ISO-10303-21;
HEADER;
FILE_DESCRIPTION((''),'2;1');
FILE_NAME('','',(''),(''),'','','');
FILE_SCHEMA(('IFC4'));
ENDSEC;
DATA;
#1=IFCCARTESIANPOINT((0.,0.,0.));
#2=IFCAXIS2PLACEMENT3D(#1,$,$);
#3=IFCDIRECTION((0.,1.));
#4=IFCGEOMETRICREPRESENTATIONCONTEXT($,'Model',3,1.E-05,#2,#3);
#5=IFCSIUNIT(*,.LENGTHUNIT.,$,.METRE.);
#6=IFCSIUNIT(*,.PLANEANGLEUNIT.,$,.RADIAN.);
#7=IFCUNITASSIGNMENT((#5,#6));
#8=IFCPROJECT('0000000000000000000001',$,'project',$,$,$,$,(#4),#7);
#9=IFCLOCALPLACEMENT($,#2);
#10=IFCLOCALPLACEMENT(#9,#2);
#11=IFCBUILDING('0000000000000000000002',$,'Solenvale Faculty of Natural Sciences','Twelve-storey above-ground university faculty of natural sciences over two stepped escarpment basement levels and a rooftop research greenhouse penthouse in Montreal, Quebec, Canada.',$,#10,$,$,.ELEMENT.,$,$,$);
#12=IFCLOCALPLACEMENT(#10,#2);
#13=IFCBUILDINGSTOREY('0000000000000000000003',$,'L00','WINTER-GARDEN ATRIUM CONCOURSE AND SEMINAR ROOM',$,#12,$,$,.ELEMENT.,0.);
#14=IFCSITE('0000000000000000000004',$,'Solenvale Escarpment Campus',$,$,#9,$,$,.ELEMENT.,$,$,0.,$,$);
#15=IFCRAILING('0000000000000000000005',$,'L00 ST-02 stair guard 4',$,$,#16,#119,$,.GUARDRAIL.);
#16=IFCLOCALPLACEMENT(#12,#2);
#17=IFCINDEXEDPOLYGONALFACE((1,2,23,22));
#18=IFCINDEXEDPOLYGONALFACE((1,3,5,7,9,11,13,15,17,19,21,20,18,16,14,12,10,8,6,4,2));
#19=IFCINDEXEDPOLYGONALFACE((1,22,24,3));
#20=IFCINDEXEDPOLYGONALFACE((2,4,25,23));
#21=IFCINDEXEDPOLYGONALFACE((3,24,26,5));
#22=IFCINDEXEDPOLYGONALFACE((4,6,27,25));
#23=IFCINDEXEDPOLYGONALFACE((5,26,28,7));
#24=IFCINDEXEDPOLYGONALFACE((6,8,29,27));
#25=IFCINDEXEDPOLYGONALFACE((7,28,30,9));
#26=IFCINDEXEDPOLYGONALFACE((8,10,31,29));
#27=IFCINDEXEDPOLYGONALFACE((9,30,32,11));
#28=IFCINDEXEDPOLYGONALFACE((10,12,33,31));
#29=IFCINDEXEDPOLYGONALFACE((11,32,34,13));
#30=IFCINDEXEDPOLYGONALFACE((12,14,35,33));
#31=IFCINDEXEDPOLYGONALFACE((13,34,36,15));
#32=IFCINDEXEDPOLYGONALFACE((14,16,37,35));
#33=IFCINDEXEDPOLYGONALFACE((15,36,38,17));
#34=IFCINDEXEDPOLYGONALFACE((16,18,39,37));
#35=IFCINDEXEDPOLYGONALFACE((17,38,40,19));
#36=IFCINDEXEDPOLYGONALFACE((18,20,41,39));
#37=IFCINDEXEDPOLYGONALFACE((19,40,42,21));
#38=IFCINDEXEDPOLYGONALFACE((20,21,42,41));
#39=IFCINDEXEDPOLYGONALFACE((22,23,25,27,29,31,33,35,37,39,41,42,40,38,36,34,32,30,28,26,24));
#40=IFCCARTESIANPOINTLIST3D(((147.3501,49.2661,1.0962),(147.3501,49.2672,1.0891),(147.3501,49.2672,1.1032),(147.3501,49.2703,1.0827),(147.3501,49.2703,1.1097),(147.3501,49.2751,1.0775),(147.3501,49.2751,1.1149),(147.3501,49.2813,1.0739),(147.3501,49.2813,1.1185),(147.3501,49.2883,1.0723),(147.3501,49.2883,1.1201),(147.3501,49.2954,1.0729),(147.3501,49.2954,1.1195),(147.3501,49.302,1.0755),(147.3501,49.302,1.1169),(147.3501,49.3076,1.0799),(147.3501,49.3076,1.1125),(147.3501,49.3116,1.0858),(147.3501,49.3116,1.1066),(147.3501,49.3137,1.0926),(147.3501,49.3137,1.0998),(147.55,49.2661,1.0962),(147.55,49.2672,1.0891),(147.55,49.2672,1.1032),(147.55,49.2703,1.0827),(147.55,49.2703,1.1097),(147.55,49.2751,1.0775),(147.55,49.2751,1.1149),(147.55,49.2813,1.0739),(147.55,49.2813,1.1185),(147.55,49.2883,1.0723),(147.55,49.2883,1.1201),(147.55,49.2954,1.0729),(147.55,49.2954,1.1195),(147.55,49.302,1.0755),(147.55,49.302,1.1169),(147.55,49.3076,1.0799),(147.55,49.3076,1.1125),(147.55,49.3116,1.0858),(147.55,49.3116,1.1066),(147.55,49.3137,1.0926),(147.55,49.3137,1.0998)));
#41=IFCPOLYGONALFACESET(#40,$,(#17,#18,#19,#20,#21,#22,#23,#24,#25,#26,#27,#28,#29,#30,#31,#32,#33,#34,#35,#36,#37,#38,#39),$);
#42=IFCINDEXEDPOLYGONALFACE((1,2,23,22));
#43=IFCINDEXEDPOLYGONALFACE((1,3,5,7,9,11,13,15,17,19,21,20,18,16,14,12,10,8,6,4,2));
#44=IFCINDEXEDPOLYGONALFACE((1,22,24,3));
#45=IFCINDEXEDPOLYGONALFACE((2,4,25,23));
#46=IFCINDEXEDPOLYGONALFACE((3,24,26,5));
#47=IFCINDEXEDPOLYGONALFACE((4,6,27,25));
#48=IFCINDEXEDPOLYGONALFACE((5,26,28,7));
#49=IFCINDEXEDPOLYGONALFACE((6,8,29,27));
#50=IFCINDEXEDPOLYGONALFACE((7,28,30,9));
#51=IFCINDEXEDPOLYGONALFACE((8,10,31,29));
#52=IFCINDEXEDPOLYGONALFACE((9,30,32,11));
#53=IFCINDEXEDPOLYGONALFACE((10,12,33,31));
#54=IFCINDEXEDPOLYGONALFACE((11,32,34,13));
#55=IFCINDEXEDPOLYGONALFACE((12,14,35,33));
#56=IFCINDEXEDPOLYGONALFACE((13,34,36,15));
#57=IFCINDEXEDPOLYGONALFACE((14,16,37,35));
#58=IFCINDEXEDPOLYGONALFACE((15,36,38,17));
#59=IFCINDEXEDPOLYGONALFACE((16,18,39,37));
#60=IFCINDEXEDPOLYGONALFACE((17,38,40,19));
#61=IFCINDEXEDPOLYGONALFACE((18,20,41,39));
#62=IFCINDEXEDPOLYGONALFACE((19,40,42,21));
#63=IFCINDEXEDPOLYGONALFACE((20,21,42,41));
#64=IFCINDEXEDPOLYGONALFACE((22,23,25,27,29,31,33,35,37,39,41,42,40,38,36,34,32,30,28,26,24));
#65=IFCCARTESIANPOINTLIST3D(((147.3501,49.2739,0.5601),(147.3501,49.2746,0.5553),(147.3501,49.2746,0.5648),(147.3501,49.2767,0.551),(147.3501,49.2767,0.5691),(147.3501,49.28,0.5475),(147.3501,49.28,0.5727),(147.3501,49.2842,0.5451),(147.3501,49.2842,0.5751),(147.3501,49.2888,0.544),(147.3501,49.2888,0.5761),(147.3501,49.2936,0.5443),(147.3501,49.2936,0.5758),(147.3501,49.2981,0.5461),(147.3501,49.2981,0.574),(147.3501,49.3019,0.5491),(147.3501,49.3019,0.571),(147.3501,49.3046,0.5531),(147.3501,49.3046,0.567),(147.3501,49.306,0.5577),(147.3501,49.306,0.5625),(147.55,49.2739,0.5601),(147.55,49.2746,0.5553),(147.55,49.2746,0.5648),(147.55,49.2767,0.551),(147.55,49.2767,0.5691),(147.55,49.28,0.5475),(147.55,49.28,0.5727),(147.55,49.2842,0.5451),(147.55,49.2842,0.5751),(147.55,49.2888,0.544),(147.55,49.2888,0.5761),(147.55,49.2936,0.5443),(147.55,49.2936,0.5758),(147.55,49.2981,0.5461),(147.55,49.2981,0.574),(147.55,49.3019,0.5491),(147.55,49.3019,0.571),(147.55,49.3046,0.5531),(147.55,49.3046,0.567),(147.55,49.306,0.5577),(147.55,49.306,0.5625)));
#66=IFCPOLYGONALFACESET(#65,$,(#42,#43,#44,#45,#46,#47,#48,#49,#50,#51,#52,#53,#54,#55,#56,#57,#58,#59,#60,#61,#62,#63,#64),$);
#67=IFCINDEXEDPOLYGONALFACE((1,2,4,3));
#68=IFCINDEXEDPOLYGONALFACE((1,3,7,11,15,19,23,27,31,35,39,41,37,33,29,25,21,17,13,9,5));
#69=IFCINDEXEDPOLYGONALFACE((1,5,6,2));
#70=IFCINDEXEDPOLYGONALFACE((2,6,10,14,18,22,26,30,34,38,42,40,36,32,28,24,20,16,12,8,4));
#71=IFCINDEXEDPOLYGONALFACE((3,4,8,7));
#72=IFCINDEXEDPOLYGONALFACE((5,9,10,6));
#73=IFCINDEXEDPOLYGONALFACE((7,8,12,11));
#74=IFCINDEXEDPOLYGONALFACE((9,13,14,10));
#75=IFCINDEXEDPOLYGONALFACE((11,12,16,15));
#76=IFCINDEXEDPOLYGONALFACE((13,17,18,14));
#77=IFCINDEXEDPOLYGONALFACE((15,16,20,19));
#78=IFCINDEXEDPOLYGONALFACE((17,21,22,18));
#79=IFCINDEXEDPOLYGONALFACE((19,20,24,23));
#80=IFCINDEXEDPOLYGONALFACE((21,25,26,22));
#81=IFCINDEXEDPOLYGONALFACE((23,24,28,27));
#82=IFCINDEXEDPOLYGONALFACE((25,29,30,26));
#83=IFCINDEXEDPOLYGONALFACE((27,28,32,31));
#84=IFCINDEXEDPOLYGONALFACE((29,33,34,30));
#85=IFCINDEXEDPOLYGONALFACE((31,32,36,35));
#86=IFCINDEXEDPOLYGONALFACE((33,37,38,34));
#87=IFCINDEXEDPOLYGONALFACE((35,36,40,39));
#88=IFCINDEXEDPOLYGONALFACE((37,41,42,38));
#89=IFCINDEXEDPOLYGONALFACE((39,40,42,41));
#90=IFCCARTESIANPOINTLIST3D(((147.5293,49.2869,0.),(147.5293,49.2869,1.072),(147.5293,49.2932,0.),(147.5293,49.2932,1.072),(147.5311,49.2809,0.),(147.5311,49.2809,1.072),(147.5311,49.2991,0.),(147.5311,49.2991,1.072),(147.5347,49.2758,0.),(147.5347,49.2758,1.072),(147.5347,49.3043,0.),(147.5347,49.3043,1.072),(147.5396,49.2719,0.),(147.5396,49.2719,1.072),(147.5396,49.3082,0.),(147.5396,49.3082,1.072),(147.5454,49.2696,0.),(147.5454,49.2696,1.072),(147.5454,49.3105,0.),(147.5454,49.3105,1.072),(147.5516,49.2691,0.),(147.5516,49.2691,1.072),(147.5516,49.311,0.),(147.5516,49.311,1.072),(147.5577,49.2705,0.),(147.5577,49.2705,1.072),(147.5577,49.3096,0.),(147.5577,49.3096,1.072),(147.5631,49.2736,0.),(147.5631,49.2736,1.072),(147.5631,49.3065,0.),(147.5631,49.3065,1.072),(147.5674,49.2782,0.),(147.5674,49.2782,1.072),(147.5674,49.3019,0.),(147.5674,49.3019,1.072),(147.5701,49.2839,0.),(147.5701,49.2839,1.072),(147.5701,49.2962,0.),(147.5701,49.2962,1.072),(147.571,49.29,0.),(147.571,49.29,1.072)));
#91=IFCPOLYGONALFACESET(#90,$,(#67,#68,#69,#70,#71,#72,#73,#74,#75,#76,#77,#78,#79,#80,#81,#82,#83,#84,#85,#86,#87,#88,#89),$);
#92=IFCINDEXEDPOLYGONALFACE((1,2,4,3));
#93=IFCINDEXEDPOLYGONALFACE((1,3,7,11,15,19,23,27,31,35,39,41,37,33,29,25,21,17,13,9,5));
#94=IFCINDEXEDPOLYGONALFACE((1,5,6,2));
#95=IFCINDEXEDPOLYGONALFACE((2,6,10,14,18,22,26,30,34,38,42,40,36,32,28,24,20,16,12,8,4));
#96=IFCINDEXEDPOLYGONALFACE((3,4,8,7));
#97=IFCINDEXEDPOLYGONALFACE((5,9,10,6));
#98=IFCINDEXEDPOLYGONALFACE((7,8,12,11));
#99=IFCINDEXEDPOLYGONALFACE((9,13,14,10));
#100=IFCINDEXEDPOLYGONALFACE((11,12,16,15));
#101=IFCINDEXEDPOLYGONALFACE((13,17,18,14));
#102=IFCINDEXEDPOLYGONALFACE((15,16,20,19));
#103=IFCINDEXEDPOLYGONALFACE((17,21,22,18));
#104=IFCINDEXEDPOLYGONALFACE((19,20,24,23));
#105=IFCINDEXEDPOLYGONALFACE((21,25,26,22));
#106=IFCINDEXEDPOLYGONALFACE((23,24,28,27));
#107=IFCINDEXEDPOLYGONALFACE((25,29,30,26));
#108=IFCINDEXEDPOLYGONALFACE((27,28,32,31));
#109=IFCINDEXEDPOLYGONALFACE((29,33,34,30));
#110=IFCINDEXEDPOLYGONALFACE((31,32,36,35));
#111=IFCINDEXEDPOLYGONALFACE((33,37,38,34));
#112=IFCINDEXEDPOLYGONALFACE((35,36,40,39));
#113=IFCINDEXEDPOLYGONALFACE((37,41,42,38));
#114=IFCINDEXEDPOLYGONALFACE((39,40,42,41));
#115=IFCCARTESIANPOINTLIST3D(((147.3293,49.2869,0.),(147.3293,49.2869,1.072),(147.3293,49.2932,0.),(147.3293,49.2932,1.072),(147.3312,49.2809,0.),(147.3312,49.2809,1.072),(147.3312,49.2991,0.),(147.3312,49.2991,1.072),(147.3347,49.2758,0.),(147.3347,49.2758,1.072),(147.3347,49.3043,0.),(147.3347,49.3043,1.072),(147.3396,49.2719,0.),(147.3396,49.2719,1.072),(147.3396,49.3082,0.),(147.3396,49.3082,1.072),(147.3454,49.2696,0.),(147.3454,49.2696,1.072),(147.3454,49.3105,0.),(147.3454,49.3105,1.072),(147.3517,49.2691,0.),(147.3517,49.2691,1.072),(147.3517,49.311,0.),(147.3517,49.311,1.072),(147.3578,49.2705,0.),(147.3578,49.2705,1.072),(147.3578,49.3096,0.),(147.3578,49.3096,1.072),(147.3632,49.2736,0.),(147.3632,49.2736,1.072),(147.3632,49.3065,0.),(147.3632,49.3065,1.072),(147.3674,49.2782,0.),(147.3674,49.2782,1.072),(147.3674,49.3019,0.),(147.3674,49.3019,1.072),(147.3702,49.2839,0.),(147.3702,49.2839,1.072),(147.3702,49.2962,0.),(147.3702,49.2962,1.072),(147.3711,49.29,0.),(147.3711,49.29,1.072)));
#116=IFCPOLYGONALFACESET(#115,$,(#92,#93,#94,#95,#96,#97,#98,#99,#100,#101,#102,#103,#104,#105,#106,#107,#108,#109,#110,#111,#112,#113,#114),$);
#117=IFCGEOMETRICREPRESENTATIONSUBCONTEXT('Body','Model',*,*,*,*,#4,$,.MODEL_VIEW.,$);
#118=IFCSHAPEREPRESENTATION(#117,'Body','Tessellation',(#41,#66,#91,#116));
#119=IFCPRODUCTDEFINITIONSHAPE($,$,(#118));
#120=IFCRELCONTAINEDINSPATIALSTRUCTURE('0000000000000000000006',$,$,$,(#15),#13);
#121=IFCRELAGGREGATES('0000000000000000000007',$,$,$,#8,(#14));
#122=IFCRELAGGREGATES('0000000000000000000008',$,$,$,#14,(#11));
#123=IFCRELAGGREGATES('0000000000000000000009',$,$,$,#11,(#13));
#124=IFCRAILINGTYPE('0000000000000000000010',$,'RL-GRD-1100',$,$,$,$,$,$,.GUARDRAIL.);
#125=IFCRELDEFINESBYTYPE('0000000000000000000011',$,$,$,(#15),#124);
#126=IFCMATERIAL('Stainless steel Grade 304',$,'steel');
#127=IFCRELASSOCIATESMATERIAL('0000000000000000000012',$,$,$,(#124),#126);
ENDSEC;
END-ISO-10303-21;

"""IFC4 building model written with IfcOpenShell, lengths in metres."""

from ifc_helpers import new_model, si_unit, direction, frame, origin, origin_2d, place, context, subcontext, project, spatial, circle, extrude, material, type_object, element, save


model = new_model("IFC4")

# Units and contexts
model_context = context("Model", 3, precision=1e-05, world=origin(), true_north=direction((0.0, 1.0)))
body_context = subcontext(model_context, "Body", "Model", "MODEL_VIEW")
ifc_project = project(units=[si_unit("LENGTHUNIT", "METRE"), si_unit("PLANEANGLEUNIT", "RADIAN")], contexts=[model_context])

# Site, building, storey
site_placement = place(None, origin())
site = spatial("IfcSite", under=ifc_project, at=site_placement, Name="Solenvale Escarpment Campus", CompositionType="ELEMENT", RefElevation=0.0)
building_placement = place(site_placement, origin())
building = spatial("IfcBuilding", under=site, at=building_placement, Name="Solenvale Faculty of Natural Sciences", Description="Twelve-storey above-ground university faculty of natural sciences over two stepped escarpment basement levels and a rooftop research greenhouse penthouse in Montreal, Quebec, Canada.", CompositionType="ELEMENT")
storey_placement = place(building_placement, origin())
storey = spatial("IfcBuildingStorey", under=building, at=storey_placement, Name="L00", Description="WINTER-GARDEN ATRIUM CONCOURSE AND SEMINAR ROOM", CompositionType="ELEMENT", Elevation=0.0)

# Shared definitions
ifc_material_1 = material(Name="Stainless steel Grade 304", Category="steel")

# Railing
railing_type_1 = type_object("IfcRailingType", Name="RL-GRD-1100", PredefinedType="GUARDRAIL", material=ifc_material_1)
railing_1_placement = place(storey_placement, frame((147.55, 49.29, 0.0)))
element("IfcRailing", 1, at=railing_1_placement, inside=storey, type_object=railing_type_1, Name="L00 ST-02 stair guard 4", PredefinedType="GUARDRAIL", context=body_context, shape_type="SweptSolid", body=[
    extrude(circle(Radius=0.0239, at=origin_2d()), frame((0.0, 0.0, 1.0962), z_axis=(-1.0, 0.0, 0.0), x_axis=(0.0, -1.0, 0.0)), (0.0, 0.0, 1.0), 0.2),
    extrude(circle(Radius=0.0161, at=origin_2d()), frame((0.0, 0.0, 0.5601), z_axis=(-1.0, 0.0, 0.0), x_axis=(0.0, -1.0, 0.0)), (0.0, 0.0, 1.0), 0.2),
    extrude(circle(Radius=0.021, at=origin_2d()), origin(), (0.0, 0.0, 1.0), 1.072),
    extrude(circle(Radius=0.021, at=origin_2d()), frame((-0.2, 0.0, 0.0)), (0.0, 0.0, 1.0), 1.072),
])

save(model, "model.ifc")
